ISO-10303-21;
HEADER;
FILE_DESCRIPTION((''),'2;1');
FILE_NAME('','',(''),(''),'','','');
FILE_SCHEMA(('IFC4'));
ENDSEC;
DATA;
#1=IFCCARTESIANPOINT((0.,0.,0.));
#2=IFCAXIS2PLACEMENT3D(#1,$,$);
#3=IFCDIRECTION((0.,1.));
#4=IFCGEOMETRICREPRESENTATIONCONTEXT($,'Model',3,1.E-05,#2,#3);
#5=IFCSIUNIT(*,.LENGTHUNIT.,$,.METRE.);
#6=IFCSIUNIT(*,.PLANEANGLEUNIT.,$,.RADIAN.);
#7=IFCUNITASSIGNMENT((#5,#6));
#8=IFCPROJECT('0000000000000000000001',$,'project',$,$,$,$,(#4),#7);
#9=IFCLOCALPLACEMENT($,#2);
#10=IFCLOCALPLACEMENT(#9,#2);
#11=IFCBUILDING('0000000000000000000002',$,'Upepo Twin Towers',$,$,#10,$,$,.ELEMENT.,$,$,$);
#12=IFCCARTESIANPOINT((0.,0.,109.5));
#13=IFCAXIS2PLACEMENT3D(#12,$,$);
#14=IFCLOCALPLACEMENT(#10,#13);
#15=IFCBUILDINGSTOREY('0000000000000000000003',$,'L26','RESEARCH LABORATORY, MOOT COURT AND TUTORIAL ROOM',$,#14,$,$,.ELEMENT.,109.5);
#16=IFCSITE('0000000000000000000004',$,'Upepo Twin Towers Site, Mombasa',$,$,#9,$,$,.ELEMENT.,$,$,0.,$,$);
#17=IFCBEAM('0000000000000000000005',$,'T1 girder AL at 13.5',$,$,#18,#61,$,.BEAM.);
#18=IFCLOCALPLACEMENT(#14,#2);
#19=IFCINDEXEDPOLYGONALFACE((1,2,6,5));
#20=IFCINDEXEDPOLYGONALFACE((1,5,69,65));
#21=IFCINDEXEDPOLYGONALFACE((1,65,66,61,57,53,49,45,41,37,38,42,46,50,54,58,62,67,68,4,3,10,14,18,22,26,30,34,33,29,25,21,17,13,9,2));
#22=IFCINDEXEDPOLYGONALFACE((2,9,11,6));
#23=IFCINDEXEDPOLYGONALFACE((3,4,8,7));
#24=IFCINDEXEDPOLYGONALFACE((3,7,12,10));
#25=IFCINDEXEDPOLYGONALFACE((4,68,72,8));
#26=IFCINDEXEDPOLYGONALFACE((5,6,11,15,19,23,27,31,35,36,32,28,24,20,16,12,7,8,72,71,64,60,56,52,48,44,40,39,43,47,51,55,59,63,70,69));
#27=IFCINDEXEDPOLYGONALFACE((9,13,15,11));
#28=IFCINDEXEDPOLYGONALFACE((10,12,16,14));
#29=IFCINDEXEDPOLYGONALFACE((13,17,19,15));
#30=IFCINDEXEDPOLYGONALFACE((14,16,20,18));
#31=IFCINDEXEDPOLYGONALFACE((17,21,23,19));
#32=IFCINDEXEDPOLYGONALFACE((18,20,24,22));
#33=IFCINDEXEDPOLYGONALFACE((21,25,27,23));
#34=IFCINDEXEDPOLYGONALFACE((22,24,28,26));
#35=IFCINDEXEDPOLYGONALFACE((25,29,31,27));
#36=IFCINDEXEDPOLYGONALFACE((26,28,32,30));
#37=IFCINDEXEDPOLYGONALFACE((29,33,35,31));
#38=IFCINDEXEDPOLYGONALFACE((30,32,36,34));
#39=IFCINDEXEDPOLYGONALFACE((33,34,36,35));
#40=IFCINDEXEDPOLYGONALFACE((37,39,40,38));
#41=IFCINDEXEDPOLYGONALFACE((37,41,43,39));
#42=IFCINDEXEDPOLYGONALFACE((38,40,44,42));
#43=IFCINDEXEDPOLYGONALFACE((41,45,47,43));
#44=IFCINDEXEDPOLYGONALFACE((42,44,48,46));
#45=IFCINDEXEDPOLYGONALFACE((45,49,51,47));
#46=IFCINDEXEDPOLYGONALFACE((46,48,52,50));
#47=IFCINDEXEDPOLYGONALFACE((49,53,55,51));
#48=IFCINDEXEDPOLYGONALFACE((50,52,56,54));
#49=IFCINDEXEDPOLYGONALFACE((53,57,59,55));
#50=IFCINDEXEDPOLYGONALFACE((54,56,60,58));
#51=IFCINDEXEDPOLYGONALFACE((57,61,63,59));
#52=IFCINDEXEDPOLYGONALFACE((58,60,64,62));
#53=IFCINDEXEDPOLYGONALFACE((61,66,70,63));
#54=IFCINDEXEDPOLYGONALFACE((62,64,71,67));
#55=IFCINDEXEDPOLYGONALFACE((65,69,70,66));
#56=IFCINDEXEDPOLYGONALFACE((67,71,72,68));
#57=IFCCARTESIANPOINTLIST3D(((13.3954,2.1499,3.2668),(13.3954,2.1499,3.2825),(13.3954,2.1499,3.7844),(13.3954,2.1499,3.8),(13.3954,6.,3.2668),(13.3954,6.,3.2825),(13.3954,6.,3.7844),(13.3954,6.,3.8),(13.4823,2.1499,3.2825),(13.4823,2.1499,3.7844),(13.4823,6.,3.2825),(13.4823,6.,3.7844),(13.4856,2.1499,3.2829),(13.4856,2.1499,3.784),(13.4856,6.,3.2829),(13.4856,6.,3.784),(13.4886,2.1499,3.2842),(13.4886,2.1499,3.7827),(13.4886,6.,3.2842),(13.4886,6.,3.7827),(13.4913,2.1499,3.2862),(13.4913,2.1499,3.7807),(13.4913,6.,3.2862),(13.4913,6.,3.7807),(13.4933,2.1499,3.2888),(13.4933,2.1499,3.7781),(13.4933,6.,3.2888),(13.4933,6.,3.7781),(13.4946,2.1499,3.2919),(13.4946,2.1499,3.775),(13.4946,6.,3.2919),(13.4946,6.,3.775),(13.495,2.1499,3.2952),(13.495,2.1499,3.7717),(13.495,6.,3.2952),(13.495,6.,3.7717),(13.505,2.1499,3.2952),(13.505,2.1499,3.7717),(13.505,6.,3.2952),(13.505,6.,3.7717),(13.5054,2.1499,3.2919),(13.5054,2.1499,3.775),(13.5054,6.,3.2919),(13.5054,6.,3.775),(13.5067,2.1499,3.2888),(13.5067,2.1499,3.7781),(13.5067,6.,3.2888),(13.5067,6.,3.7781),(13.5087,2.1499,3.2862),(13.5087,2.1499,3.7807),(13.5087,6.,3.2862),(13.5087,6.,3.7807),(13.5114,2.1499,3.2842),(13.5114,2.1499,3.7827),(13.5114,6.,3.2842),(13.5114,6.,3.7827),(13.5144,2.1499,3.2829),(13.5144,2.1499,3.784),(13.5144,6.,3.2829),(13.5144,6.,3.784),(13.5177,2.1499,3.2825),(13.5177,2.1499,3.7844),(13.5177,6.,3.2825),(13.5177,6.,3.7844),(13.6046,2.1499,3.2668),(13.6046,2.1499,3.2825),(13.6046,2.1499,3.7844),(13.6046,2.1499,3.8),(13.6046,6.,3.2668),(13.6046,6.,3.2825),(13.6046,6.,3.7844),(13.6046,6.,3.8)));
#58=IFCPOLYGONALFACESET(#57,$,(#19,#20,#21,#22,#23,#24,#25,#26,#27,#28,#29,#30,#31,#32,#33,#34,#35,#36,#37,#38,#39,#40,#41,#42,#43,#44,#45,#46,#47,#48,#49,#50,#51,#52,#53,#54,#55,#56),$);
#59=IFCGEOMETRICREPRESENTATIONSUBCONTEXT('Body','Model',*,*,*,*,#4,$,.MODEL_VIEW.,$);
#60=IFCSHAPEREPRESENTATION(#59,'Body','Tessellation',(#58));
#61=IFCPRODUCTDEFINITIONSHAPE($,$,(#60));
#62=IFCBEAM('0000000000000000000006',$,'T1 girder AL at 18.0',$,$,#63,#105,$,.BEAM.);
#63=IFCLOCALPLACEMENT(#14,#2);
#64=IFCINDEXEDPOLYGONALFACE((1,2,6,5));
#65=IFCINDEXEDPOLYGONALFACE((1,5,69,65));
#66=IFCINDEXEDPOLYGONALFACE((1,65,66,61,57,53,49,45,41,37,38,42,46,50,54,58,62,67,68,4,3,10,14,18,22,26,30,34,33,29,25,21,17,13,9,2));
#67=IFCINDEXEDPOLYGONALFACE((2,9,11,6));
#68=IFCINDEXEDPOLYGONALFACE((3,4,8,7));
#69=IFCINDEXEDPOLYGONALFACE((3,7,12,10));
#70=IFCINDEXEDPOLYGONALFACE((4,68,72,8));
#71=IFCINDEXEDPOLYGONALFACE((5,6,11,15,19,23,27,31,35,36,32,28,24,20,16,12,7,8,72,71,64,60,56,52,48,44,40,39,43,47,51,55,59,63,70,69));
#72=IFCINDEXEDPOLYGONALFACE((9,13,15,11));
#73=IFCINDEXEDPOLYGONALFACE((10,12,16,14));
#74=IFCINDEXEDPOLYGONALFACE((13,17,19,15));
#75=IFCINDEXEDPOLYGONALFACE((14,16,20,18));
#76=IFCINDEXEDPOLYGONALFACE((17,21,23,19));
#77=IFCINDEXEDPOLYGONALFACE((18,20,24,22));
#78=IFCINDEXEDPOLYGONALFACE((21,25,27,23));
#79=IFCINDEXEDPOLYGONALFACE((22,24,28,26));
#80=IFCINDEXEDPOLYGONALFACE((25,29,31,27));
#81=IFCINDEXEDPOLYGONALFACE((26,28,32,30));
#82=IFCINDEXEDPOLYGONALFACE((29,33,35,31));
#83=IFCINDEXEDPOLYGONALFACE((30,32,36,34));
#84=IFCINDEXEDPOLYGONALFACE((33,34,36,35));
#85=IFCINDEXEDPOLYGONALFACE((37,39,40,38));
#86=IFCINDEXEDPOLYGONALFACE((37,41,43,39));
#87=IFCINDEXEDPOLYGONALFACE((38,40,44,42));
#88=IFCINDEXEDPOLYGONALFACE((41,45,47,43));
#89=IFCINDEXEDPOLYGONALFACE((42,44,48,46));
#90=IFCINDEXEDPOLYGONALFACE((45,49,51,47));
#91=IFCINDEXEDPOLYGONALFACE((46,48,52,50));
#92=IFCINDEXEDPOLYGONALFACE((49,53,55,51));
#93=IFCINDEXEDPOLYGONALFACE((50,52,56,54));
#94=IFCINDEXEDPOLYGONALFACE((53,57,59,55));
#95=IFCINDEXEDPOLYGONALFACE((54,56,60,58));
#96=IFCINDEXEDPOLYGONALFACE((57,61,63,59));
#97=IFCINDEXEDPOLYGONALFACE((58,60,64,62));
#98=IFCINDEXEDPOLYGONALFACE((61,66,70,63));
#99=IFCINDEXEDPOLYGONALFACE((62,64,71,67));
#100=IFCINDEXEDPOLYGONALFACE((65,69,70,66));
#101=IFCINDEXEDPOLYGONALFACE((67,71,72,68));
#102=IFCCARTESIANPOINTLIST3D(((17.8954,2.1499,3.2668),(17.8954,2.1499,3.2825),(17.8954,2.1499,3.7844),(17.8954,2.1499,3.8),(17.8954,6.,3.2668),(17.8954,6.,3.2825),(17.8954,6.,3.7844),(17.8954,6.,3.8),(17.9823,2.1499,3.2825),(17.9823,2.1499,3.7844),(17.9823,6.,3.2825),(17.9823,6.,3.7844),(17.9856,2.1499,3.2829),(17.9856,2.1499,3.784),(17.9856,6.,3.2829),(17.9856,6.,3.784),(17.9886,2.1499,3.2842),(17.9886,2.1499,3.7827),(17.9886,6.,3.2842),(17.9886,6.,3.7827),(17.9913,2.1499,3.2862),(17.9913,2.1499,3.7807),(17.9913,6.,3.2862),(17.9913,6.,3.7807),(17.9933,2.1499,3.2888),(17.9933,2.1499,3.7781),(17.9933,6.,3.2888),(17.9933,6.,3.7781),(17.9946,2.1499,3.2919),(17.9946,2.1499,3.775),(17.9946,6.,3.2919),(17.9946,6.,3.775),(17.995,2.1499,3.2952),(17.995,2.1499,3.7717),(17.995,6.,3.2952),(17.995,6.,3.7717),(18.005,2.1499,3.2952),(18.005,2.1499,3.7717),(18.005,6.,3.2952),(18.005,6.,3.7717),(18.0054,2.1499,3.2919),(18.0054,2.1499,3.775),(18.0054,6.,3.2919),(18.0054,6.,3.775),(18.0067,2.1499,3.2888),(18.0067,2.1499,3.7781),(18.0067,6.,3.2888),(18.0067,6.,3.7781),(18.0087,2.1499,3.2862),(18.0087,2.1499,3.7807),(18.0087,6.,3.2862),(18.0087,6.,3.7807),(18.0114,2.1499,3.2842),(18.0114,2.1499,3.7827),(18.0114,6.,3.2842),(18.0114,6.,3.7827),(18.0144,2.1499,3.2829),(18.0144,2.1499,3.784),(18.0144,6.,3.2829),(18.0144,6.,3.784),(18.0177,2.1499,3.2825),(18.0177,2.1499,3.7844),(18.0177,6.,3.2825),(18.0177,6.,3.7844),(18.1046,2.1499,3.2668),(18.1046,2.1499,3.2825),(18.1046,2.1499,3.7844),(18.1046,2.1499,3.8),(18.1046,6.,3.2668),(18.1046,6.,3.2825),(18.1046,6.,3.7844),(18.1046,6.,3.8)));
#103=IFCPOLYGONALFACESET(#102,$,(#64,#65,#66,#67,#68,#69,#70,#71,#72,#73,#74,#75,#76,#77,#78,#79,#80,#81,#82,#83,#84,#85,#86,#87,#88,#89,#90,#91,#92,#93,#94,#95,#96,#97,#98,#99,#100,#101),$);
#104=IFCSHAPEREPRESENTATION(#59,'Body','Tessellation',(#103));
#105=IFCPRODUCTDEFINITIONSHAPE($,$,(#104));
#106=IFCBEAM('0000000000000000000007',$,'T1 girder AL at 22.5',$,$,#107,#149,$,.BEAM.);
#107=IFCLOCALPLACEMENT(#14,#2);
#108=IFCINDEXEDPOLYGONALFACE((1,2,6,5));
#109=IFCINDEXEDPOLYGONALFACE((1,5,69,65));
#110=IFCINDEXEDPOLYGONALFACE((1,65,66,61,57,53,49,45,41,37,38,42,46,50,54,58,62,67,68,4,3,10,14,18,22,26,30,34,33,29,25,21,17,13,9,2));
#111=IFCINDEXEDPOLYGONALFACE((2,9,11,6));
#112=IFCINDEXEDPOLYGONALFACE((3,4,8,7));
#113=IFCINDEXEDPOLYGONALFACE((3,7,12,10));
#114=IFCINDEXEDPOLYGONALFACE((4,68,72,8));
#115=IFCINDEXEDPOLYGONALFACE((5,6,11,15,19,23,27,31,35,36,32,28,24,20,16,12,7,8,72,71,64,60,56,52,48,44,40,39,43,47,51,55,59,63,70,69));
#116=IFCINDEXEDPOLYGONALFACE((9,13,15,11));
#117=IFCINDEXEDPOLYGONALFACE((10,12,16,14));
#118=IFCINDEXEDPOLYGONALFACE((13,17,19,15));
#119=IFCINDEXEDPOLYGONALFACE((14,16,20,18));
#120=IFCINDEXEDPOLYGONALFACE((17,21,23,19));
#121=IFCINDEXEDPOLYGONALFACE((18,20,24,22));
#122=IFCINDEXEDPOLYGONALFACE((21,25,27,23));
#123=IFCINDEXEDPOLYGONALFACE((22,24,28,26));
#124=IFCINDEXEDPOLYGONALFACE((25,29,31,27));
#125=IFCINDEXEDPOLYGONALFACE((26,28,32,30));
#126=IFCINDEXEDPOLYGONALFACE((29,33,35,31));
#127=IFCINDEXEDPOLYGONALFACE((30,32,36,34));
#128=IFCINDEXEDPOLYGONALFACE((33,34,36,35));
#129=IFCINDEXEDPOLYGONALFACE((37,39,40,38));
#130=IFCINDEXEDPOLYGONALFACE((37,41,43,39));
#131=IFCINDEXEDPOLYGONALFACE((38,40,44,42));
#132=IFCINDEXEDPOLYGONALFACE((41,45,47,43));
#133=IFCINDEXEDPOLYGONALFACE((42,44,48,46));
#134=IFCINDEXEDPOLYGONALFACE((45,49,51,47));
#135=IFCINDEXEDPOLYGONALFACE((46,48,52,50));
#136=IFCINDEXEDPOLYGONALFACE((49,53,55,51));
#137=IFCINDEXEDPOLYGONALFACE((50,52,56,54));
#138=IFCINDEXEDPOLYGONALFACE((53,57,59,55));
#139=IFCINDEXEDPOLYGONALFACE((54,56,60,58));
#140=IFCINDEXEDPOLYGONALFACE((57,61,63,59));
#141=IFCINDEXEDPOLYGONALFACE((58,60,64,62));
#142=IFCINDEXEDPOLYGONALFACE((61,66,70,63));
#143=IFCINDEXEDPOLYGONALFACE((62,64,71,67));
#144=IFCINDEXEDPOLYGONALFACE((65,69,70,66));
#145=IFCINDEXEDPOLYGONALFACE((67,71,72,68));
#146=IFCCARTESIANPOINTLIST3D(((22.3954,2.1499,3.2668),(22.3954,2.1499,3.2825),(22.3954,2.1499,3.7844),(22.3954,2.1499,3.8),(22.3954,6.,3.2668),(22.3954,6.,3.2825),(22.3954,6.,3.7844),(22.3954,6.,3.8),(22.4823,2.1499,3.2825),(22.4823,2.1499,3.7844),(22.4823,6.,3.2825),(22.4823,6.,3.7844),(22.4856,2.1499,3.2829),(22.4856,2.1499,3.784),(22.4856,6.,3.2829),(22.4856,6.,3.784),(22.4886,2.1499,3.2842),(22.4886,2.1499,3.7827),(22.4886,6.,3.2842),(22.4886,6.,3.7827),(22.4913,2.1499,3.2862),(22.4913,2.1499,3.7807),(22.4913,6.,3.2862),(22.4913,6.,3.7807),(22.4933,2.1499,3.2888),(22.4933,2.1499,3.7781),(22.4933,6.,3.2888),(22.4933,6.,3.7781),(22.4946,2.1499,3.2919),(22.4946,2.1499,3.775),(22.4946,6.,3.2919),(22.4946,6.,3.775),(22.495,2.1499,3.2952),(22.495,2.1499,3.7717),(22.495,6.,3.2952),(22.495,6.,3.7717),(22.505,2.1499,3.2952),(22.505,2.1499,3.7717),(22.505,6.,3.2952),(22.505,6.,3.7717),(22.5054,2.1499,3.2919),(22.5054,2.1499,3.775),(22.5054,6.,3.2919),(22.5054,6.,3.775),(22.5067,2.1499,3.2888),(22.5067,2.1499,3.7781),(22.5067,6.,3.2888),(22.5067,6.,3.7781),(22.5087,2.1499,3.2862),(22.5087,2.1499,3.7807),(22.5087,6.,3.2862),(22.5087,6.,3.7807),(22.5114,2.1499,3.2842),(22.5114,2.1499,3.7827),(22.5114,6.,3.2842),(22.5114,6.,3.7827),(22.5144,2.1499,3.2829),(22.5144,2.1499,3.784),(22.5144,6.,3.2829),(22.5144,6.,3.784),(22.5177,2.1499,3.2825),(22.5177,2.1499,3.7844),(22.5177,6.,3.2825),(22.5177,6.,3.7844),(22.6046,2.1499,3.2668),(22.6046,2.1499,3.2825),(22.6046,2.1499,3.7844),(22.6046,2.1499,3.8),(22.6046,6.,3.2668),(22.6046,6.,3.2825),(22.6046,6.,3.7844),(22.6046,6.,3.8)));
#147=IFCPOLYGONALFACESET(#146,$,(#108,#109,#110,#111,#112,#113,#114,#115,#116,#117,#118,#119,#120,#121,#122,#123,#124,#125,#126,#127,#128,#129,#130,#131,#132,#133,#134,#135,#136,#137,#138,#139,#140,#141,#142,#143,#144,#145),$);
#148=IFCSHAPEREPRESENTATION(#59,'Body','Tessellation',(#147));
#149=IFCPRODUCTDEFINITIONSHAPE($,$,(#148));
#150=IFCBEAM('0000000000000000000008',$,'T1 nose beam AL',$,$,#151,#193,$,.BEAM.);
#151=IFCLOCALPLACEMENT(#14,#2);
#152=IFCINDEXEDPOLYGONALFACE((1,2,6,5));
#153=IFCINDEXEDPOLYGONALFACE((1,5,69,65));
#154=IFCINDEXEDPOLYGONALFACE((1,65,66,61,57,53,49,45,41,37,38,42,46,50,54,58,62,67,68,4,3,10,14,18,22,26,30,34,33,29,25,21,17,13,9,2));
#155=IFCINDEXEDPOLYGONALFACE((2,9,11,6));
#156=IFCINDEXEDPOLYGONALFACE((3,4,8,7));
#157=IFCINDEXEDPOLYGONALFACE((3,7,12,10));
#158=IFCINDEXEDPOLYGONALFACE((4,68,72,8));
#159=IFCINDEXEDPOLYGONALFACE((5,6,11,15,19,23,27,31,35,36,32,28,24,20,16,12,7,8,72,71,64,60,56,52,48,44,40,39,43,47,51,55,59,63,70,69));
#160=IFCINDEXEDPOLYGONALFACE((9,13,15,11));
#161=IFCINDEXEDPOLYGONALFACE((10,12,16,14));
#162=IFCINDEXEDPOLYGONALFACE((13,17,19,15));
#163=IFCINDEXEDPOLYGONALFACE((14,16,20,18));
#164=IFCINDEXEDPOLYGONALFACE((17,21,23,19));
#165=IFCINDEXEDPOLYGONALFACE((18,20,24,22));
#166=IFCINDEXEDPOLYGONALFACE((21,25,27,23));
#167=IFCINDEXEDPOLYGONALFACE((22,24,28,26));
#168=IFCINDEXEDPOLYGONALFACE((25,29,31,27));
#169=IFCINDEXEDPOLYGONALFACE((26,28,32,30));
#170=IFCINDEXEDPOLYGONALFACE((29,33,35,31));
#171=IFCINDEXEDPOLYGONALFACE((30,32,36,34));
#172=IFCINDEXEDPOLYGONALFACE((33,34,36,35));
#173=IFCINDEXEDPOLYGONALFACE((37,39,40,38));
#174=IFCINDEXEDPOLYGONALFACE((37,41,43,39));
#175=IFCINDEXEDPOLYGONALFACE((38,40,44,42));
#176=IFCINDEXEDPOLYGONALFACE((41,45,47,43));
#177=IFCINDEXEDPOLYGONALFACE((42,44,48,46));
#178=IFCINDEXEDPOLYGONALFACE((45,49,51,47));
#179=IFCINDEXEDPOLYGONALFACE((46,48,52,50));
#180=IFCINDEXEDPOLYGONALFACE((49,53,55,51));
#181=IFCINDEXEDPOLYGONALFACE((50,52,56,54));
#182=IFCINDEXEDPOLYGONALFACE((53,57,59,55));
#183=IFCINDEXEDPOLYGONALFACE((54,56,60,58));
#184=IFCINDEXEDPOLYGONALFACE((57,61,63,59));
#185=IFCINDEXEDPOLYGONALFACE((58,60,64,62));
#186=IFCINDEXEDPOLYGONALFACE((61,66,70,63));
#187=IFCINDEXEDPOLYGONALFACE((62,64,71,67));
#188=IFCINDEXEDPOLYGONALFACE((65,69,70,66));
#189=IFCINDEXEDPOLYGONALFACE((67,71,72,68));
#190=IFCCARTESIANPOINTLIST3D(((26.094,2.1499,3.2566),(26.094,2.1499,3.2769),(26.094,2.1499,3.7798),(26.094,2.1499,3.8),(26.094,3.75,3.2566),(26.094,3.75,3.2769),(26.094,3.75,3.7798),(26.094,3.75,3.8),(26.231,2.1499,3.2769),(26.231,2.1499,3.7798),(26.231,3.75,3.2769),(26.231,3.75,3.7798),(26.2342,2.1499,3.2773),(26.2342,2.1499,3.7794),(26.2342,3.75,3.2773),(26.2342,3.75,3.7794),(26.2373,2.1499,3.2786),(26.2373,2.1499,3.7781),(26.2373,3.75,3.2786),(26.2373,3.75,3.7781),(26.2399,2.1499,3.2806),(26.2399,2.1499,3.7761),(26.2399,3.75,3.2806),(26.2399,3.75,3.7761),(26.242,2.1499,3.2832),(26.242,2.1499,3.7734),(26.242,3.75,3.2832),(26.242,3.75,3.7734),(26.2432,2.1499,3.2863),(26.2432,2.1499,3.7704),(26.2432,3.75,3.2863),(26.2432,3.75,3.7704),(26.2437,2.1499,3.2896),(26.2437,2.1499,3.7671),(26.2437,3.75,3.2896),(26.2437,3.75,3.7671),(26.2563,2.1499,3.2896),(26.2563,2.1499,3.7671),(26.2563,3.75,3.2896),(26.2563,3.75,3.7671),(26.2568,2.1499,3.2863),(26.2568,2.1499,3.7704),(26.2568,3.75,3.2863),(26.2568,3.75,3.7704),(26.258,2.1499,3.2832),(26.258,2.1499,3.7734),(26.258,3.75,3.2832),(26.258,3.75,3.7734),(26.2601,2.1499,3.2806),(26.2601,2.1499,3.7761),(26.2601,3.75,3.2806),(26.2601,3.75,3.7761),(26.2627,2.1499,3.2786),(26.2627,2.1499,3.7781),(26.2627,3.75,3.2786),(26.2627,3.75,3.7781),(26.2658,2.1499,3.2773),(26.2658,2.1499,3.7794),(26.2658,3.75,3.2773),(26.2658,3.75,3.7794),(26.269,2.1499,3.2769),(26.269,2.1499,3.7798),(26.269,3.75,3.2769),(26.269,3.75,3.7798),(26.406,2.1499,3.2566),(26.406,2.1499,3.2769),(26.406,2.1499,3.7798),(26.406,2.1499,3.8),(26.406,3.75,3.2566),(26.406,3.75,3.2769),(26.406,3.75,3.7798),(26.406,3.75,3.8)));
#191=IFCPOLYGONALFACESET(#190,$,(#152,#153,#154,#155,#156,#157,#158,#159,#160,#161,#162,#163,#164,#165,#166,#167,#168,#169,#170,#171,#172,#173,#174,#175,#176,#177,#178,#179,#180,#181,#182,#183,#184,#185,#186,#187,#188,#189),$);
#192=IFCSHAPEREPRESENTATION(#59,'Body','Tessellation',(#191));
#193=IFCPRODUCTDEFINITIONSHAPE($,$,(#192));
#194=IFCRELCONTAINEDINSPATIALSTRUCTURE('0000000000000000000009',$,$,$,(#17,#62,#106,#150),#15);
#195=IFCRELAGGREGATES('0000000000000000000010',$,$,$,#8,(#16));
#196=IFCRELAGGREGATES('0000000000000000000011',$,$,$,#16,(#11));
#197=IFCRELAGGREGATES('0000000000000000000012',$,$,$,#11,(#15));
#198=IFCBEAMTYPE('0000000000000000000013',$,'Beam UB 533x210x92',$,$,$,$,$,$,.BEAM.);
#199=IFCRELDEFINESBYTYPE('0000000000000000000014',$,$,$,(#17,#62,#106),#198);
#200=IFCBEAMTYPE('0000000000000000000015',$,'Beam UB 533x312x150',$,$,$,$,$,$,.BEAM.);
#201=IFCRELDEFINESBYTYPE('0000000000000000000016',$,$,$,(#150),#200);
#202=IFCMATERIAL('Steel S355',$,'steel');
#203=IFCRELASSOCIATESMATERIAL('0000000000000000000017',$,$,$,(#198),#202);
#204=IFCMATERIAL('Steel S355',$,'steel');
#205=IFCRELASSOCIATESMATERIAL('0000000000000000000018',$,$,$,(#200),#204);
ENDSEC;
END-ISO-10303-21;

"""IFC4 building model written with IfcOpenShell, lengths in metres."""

from ifc_helpers import new_model, si_unit, direction, frame, origin, origin_2d, place, context, subcontext, project, spatial, i_section, extrude, material, material_profile, profile_set, type_object, element, save


model = new_model("IFC4")

# Units and contexts
model_context = context("Model", 3, precision=1e-05, world=origin(), true_north=direction((0.0, 1.0)))
body_context = subcontext(model_context, "Body", "Model", "MODEL_VIEW")
ifc_project = project(units=[si_unit("LENGTHUNIT", "METRE"), si_unit("PLANEANGLEUNIT", "RADIAN")], contexts=[model_context])

# Site, building, storey
site_placement = place(None, origin())
site = spatial("IfcSite", under=ifc_project, at=site_placement, Name="Upepo Twin Towers Site, Mombasa", CompositionType="ELEMENT", RefElevation=0.0)
building_placement = place(site_placement, origin())
building = spatial("IfcBuilding", under=site, at=building_placement, Name="Upepo Twin Towers", CompositionType="ELEMENT")
storey_placement = place(building_placement, frame((0.0, 0.0, 109.5)))
storey = spatial("IfcBuildingStorey", under=building, at=storey_placement, Name="L26", Description="RESEARCH LABORATORY, MOOT COURT AND TUTORIAL ROOM", CompositionType="ELEMENT", Elevation=109.5)

# Beams
ifc_material_1 = material(Name="Steel S355", Category="steel")
ifc_material_profile_1 = material_profile(ifc_material_1, i_section(OverallWidth=0.2092, OverallDepth=0.5332, WebThickness=0.01, FlangeThickness=0.0156, FilletRadius=0.0127, at=origin_2d()), Name="UB 533x210x92")
ifc_profile_set_1 = profile_set([ifc_material_profile_1], Name="Steel S355")
beam_type_1 = type_object("IfcBeamType", Name="Beam UB 533x210x92", PredefinedType="BEAM", material=ifc_profile_set_1)
for number, where, z_axis, x_axis, name in (
    (1, (13.5, 6.0, 3.5334), (0.0, -1.0, 0.0), (1.0, 0.0, 0.0), "T1 girder AL at 13.5"),
    (2, (18.0, 6.0, 3.5334), (0.0, -1.0, 0.0), (1.0, 0.0, 0.0), "T1 girder AL at 18.0"),
    (3, (22.5, 6.0, 3.5334), (0.0, -1.0, 0.0), (1.0, 0.0, 0.0), "T1 girder AL at 22.5"),
):
    element("IfcBeam", number, at=place(storey_placement, frame(where, z_axis=z_axis, x_axis=x_axis)), inside=storey, type_object=beam_type_1, Name=name, PredefinedType="BEAM", context=body_context, shape_type="SweptSolid", body=[
        extrude(i_section(OverallWidth=0.2092, OverallDepth=0.5332, WebThickness=0.01, FlangeThickness=0.0156, FilletRadius=0.0127, at=origin_2d()), origin(), (0.0, 0.0, 1.0), 3.8501),
    ])
ifc_material_2 = material(Name="Steel S355", Category="steel")
ifc_material_profile_2 = material_profile(ifc_material_2, i_section(OverallWidth=0.312, OverallDepth=0.5435, WebThickness=0.0127, FlangeThickness=0.0203, FilletRadius=0.0127, at=origin_2d()), Name="UB 533x312x150")
ifc_profile_set_2 = profile_set([ifc_material_profile_2], Name="Steel S355")
beam_type_2 = type_object("IfcBeamType", Name="Beam UB 533x312x150", PredefinedType="BEAM", material=ifc_profile_set_2)
beam_1_placement = place(storey_placement, frame((26.25, 3.75, 3.5283), z_axis=(0.0, -1.0, 0.0), x_axis=(1.0, 0.0, 0.0)))
element("IfcBeam", 4, at=beam_1_placement, inside=storey, type_object=beam_type_2, Name="T1 nose beam AL", PredefinedType="BEAM", context=body_context, shape_type="SweptSolid", body=[
    extrude(i_section(OverallWidth=0.312, OverallDepth=0.5435, WebThickness=0.0127, FlangeThickness=0.0203, FilletRadius=0.0127, at=origin_2d()), origin(), (0.0, 0.0, 1.0), 1.6001),
])

save(model, "model.ifc")
